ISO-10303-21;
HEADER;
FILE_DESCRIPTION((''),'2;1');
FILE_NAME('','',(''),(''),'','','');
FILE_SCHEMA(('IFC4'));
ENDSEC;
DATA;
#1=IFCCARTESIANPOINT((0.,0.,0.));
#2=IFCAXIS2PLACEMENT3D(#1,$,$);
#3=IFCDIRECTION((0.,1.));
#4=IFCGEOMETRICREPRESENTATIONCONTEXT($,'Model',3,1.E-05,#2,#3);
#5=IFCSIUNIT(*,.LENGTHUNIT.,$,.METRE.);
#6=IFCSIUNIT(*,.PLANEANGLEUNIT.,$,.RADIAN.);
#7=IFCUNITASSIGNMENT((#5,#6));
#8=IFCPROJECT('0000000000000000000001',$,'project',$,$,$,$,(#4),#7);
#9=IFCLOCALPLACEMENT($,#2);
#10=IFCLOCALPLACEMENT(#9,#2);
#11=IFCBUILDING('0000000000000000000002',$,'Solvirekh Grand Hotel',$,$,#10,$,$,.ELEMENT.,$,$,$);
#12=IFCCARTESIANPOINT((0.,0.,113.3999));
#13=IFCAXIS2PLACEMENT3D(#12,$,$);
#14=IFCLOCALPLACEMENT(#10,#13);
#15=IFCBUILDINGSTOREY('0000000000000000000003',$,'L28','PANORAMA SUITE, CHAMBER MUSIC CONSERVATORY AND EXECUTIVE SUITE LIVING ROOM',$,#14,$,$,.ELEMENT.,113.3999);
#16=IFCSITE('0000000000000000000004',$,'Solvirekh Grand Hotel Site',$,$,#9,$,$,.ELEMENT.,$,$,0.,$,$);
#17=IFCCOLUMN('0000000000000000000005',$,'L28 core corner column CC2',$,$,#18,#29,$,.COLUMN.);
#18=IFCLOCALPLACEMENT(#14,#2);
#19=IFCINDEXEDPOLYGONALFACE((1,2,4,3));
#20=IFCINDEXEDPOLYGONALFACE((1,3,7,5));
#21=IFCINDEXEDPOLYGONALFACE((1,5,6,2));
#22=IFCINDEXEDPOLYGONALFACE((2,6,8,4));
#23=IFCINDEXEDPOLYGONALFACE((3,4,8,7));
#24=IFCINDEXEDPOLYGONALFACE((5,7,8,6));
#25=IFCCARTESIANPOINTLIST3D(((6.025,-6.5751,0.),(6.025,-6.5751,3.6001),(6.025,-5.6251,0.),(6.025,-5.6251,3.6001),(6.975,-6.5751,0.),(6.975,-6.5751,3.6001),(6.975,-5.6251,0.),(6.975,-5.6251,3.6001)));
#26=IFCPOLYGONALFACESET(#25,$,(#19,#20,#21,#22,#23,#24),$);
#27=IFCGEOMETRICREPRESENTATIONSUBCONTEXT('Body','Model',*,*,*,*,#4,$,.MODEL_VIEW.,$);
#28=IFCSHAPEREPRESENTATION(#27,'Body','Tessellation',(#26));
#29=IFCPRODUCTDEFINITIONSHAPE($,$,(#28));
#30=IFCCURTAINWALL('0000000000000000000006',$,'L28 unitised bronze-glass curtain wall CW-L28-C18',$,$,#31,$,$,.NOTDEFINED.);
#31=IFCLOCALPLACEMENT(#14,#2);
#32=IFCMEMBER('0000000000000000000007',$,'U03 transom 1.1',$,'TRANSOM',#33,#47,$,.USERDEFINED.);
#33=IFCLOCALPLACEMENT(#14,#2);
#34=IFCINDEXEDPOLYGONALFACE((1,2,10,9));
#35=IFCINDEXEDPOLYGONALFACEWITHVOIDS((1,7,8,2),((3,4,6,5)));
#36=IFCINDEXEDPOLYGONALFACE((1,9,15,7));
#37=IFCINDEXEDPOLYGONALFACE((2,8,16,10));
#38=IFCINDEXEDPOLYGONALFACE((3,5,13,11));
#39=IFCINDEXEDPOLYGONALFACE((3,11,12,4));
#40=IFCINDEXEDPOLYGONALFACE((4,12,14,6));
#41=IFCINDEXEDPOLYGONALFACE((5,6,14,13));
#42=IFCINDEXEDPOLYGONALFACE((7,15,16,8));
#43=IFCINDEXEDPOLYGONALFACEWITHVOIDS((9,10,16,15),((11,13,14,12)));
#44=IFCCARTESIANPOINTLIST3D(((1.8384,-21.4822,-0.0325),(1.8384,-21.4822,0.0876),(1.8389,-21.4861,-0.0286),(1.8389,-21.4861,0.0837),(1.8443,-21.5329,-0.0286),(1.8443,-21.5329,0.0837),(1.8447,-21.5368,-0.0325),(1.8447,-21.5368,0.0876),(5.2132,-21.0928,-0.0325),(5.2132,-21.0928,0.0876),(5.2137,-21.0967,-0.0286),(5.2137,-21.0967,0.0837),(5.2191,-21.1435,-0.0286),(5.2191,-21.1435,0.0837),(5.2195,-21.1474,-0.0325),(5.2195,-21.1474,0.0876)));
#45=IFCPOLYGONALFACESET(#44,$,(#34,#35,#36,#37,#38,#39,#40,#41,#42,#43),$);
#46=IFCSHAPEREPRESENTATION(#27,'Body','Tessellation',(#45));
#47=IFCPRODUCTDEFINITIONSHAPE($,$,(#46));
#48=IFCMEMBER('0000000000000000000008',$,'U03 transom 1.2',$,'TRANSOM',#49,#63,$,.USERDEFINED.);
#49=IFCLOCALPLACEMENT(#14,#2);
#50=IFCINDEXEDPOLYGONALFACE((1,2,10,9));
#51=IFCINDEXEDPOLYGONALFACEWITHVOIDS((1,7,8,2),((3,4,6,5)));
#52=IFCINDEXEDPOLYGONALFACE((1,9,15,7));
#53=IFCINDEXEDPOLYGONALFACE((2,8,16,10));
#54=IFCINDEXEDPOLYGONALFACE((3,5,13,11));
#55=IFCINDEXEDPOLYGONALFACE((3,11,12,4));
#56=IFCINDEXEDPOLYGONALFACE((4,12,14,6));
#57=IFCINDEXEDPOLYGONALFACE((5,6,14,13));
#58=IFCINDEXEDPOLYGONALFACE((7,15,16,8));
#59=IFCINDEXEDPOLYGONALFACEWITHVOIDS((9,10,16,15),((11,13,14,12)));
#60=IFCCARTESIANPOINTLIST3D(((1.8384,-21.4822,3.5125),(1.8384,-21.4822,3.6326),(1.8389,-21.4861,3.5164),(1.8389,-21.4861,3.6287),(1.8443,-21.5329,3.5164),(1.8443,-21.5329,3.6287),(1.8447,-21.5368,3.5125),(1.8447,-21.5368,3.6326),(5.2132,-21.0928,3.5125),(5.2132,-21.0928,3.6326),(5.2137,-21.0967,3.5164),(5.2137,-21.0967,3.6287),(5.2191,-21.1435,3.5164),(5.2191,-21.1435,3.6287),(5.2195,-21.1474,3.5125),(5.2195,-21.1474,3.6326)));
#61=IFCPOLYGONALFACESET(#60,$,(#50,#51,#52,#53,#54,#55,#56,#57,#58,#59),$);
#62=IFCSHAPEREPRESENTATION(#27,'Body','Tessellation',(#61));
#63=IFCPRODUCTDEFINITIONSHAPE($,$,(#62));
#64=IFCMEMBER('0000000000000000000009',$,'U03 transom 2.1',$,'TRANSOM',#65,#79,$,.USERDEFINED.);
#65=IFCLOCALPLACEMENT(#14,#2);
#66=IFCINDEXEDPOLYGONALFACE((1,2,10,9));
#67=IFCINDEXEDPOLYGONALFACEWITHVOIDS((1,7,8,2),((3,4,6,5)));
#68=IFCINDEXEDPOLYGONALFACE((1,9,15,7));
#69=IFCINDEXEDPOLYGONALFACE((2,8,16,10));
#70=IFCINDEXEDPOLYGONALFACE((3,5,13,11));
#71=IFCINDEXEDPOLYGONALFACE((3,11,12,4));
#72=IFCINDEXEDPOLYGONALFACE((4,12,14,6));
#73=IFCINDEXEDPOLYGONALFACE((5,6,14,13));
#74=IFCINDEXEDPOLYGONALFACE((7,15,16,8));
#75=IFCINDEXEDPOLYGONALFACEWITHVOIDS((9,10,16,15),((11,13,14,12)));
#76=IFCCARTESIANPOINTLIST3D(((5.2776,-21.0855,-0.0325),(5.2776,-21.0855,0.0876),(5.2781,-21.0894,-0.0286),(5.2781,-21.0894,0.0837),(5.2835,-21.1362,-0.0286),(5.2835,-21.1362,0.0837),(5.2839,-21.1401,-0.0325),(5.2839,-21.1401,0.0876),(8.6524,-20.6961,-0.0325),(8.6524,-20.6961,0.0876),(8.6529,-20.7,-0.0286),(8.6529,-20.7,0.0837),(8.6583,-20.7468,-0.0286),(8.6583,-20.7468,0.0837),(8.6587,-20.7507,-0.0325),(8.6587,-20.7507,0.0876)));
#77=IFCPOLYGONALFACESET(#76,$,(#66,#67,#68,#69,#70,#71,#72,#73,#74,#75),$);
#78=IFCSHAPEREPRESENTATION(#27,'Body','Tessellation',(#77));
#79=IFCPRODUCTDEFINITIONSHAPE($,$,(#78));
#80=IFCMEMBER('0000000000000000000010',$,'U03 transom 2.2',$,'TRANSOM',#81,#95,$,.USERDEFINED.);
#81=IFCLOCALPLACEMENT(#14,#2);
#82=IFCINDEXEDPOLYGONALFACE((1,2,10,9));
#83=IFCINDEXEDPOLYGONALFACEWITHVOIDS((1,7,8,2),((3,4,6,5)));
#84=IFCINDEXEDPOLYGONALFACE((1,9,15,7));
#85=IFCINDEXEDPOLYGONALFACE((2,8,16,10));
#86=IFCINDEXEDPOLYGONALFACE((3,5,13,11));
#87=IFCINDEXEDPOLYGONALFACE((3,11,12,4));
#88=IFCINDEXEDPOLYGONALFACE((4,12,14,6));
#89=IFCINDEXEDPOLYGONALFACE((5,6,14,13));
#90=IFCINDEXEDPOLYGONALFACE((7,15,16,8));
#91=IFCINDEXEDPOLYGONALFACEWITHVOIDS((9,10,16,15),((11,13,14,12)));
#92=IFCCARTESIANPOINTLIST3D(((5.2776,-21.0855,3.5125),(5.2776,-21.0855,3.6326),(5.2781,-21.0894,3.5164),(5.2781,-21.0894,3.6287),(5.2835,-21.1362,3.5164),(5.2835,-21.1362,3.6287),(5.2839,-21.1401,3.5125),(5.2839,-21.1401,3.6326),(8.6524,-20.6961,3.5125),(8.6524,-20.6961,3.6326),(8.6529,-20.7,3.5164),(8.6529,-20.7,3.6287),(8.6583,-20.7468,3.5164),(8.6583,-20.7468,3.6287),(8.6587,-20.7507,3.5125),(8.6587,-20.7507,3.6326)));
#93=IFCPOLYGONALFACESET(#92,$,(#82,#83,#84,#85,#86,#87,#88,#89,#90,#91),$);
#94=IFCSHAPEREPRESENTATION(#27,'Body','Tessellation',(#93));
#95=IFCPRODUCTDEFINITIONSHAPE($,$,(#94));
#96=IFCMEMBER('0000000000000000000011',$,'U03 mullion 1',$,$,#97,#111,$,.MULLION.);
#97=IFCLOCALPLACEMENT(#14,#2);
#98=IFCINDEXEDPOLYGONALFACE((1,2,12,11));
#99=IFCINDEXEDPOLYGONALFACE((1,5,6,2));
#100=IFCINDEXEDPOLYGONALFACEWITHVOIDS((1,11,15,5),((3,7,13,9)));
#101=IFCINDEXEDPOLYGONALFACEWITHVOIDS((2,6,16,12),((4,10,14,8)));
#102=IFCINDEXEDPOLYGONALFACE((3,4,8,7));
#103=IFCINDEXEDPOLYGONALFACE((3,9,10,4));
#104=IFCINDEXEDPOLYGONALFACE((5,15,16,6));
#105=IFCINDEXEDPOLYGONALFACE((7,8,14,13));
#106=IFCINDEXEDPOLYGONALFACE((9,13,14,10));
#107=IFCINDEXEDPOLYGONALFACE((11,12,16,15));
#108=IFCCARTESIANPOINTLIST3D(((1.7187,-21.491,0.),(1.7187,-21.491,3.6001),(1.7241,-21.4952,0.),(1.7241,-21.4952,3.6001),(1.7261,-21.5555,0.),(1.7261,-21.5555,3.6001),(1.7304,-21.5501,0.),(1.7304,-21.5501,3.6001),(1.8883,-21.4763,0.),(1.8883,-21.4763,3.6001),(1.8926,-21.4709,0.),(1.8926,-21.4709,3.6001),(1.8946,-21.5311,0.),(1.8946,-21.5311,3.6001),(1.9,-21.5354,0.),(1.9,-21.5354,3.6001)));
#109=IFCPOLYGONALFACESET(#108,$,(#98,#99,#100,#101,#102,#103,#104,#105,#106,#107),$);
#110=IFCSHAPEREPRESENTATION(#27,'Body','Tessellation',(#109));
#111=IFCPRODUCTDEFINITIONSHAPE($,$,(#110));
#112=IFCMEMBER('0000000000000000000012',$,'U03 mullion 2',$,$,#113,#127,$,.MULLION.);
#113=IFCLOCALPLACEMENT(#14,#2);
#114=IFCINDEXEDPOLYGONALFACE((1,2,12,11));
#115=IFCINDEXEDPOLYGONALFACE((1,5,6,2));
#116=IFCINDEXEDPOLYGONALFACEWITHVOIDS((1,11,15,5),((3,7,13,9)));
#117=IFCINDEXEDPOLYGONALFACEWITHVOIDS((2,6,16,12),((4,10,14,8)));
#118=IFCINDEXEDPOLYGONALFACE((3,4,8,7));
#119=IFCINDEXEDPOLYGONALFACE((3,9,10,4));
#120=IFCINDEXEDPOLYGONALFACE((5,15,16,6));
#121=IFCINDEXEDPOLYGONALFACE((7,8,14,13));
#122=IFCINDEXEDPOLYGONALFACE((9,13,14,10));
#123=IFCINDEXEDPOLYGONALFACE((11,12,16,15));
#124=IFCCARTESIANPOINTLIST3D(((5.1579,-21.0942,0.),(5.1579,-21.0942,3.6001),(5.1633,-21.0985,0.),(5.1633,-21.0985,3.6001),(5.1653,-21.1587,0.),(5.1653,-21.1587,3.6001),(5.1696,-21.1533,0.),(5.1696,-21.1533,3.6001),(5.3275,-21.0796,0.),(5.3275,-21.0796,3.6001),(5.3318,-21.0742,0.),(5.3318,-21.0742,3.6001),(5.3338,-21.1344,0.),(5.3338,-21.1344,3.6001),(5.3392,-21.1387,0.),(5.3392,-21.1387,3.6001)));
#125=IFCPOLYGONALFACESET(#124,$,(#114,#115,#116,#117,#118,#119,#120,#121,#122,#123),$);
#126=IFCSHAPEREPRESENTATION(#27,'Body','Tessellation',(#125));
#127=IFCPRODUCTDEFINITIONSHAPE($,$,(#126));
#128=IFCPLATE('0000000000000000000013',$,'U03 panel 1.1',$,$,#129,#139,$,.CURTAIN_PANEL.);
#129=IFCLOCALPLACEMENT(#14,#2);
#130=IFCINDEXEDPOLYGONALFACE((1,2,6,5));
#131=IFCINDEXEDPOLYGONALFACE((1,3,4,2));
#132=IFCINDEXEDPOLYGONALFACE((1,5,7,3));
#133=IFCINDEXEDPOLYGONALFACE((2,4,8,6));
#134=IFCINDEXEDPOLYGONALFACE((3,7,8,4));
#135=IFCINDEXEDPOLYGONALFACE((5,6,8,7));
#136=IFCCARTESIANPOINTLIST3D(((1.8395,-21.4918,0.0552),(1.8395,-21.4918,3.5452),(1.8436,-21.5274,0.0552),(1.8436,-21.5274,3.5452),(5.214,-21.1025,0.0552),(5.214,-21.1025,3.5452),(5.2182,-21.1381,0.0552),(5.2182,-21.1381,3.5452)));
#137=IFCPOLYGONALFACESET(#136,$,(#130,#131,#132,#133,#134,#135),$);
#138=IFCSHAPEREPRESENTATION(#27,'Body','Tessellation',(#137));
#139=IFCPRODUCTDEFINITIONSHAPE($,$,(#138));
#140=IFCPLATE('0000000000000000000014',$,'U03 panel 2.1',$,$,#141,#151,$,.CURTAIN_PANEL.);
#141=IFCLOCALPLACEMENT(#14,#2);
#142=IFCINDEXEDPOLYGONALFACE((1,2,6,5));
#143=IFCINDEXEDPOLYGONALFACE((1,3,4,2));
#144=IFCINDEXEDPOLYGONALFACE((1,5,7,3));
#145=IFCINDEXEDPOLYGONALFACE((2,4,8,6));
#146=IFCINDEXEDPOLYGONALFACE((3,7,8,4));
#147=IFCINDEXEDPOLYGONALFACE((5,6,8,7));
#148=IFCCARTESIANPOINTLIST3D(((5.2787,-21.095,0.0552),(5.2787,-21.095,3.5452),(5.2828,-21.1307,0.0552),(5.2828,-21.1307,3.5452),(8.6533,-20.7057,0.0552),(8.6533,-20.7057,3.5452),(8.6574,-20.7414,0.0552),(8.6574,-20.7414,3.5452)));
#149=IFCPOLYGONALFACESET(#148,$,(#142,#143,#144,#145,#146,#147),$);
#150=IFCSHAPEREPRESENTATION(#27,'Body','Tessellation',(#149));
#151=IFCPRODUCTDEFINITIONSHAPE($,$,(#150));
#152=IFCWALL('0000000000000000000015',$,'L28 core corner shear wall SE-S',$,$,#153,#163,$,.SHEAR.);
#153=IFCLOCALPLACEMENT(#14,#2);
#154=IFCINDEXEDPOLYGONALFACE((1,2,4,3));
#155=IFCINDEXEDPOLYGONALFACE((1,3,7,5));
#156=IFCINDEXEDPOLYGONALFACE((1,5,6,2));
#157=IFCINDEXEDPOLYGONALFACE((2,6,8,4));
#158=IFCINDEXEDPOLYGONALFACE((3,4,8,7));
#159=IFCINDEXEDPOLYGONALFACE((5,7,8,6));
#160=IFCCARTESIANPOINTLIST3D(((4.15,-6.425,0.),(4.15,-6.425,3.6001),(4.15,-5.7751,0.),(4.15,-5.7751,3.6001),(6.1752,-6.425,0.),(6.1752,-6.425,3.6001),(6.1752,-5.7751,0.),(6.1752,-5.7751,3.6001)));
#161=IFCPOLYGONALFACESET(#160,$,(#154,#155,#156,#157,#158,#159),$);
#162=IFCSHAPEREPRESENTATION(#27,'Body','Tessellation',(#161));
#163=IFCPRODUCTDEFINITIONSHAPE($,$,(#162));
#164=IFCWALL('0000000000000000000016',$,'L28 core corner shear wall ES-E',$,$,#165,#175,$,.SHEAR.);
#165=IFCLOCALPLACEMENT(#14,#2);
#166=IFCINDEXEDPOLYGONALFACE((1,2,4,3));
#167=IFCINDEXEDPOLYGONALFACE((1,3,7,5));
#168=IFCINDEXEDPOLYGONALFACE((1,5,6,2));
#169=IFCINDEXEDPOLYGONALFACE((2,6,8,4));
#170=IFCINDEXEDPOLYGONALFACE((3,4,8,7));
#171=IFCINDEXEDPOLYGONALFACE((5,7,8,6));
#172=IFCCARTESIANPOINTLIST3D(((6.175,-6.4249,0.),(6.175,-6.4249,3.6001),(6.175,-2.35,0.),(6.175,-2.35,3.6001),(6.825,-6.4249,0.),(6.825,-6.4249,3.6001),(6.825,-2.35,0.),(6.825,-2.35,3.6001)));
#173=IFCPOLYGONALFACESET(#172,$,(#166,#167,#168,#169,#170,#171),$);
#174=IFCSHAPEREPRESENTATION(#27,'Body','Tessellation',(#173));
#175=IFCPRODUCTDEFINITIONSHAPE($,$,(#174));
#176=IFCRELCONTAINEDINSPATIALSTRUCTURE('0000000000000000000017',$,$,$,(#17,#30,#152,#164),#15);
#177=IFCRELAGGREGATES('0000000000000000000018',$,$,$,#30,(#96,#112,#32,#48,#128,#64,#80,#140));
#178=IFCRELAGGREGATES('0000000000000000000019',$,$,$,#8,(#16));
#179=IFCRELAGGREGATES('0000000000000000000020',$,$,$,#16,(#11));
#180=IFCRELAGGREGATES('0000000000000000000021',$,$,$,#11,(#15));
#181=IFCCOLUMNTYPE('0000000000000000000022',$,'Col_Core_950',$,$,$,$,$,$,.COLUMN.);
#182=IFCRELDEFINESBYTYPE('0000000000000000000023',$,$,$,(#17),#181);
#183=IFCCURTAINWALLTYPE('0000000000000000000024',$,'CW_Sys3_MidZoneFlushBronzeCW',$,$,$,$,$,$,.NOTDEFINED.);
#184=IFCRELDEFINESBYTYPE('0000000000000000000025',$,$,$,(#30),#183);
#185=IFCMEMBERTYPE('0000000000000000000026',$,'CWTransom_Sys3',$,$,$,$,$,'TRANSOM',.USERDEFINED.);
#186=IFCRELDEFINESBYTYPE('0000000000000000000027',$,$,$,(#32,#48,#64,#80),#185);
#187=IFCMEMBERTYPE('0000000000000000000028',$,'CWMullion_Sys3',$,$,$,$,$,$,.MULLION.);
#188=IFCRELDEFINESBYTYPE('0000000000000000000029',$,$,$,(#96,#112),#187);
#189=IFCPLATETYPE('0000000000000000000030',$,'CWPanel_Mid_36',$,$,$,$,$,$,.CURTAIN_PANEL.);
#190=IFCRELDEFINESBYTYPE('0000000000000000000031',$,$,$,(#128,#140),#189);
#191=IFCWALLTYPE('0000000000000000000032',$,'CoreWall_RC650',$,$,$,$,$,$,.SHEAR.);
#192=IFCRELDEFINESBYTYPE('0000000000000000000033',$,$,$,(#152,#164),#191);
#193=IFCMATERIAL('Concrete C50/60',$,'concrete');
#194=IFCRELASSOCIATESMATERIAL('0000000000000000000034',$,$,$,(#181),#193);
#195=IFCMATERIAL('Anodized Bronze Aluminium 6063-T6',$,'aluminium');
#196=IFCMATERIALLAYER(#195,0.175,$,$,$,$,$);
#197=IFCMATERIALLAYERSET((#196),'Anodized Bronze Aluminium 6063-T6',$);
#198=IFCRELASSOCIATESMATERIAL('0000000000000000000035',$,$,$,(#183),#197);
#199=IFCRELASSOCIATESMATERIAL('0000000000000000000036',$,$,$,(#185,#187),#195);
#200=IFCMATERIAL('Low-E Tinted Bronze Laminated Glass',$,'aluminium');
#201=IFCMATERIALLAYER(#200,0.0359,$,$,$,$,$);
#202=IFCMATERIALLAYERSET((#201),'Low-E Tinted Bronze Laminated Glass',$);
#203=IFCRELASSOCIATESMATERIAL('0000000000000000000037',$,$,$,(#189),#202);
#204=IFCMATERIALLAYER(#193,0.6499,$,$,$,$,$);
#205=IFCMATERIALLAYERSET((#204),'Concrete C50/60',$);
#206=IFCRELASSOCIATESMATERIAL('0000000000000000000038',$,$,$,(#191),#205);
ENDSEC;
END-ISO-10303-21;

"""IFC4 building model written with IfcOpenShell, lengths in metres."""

from ifc_helpers import new_model, si_unit, direction, frame, frame_2d, origin, origin_2d, place, context, subcontext, project, spatial, rectangle, hollow_rectangle, extrude, source, transform, mapped, material, layer, layer_set, material_profile, profile_set, type_object, element, aggregate, save


model = new_model("IFC4")

# Units and contexts
model_context = context("Model", 3, precision=1e-05, world=origin(), true_north=direction((0.0, 1.0)))
body_context = subcontext(model_context, "Body", "Model", "MODEL_VIEW")
ifc_project = project(units=[si_unit("LENGTHUNIT", "METRE"), si_unit("PLANEANGLEUNIT", "RADIAN")], contexts=[model_context])

# Site, building, storey
site_placement = place(None, origin())
site = spatial("IfcSite", under=ifc_project, at=site_placement, Name="Solvirekh Grand Hotel Site", CompositionType="ELEMENT", RefElevation=0.0)
building_placement = place(site_placement, origin())
building = spatial("IfcBuilding", under=site, at=building_placement, Name="Solvirekh Grand Hotel", CompositionType="ELEMENT")
storey_placement = place(building_placement, frame((0.0, 0.0, 113.3999)))
storey = spatial("IfcBuildingStorey", under=building, at=storey_placement, Name="L28", Description="PANORAMA SUITE, CHAMBER MUSIC CONSERVATORY AND EXECUTIVE SUITE LIVING ROOM", CompositionType="ELEMENT", Elevation=113.3999)

# Column
ifc_material_1 = material(Name="Concrete C50/60", Category="concrete")
ifc_material_profile_1 = material_profile(ifc_material_1, rectangle(XDim=0.95, YDim=0.95, at=origin_2d()), Name="RC 950X950")
ifc_profile_set_1 = profile_set([ifc_material_profile_1], Name="Concrete C50/60")
column_type = type_object("IfcColumnType", Name="Col_Core_950", PredefinedType="COLUMN", material=ifc_profile_set_1)
column_placement = place(storey_placement, frame((6.5, -6.1001, 0.0), z_axis=(0.0, 0.0, 1.0), x_axis=(1.0, 0.0, 0.0)))
element("IfcColumn", 1, at=column_placement, inside=storey, type_object=column_type, Name="L28 core corner column CC2", PredefinedType="COLUMN", context=body_context, shape_type="SweptSolid", body=[
    extrude(rectangle(XDim=0.95, YDim=0.95, at=origin_2d()), origin(), (0.0, 0.0, 1.0), 3.6001),
])

# Curtain wall, members, plates
ifc_material_2 = material(Name="Anodized Bronze Aluminium 6063-T6", Category="aluminium")
ifc_layer_1 = layer(ifc_material_2, 0.175)
ifc_layer_set_1 = layer_set([ifc_layer_1], Name="Anodized Bronze Aluminium 6063-T6")
curtain_wall_type = type_object("IfcCurtainWallType", Name="CW_Sys3_MidZoneFlushBronzeCW", PredefinedType="NOTDEFINED", material=ifc_layer_set_1)
curtain_wall_placement = place(storey_placement, origin())
curtain_wall = element("IfcCurtainWall", 2, at=curtain_wall_placement, inside=storey, type_object=curtain_wall_type, Name="L28 unitised bronze-glass curtain wall CW-L28-C18", PredefinedType="NOTDEFINED")
ifc_material_profile_2 = material_profile(ifc_material_2, hollow_rectangle(XDim=0.0549, YDim=0.1201, WallThickness=0.0039, at=origin_2d()), Name="ALU RHS 120X55X4")
ifc_profile_set_2 = profile_set([ifc_material_profile_2], Name="Anodized Bronze Aluminium 6063-T6")
member_type_1 = type_object("IfcMemberType", Name="CWTransom_Sys3", ElementType="TRANSOM", PredefinedType="USERDEFINED", material=ifc_profile_set_2)
shared_shape_1 = source(origin(), body_context, "Body", "SweptSolid", [
    extrude(hollow_rectangle(XDim=0.0549, YDim=0.1201, WallThickness=0.0039, at=origin_2d()), origin(), (0.0, 0.0, 1.0), 3.3972),
])
member_1_placement = place(storey_placement, frame((1.8416, -21.5095, 0.0276), z_axis=(0.993409, 0.114627, 0.0), x_axis=(-0.114627, 0.993409, 0.0)))
member_1 = element("IfcMember", 3, at=member_1_placement, type_object=member_type_1, Name="U03 transom 1.1", ObjectType="TRANSOM", PredefinedType="USERDEFINED", context=body_context, shape_type="MappedRepresentation", body=[
    mapped(shared_shape_1, transform((0.0, 0.0, 0.0), x_axis=(1.0, 0.0, 0.0), y_axis=(0.0, 1.0, 0.0), z_axis=(0.0, 0.0, 1.0), scale=1.0)),
])
member_2_placement = place(storey_placement, frame((1.8416, -21.5095, 3.5725), z_axis=(0.993409, 0.114627, 0.0), x_axis=(-0.114627, 0.993409, 0.0)))
member_2 = element("IfcMember", 4, at=member_2_placement, type_object=member_type_1, Name="U03 transom 1.2", ObjectType="TRANSOM", PredefinedType="USERDEFINED", context=body_context, shape_type="MappedRepresentation", body=[
    mapped(shared_shape_1, transform((0.0, 0.0, 0.0), x_axis=(1.0, 0.0, 0.0), y_axis=(0.0, 1.0, 0.0), z_axis=(0.0, 0.0, 1.0), scale=1.0)),
])
member_3_placement = place(storey_placement, frame((5.2808, -21.1128, 0.0276), z_axis=(0.993409, 0.114627, 0.0), x_axis=(-0.114627, 0.993409, 0.0)))
member_3 = element("IfcMember", 5, at=member_3_placement, type_object=member_type_1, Name="U03 transom 2.1", ObjectType="TRANSOM", PredefinedType="USERDEFINED", context=body_context, shape_type="MappedRepresentation", body=[
    mapped(shared_shape_1, transform((0.0, 0.0, 0.0), x_axis=(1.0, 0.0, 0.0), y_axis=(0.0, 1.0, 0.0), z_axis=(0.0, 0.0, 1.0), scale=1.0)),
])
member_4_placement = place(storey_placement, frame((5.2808, -21.1128, 3.5725), z_axis=(0.993409, 0.114627, 0.0), x_axis=(-0.114627, 0.993409, 0.0)))
member_4 = element("IfcMember", 6, at=member_4_placement, type_object=member_type_1, Name="U03 transom 2.2", ObjectType="TRANSOM", PredefinedType="USERDEFINED", context=body_context, shape_type="MappedRepresentation", body=[
    mapped(shared_shape_1, transform((0.0, 0.0, 0.0), x_axis=(1.0, 0.0, 0.0), y_axis=(0.0, 1.0, 0.0), z_axis=(0.0, 0.0, 1.0), scale=1.0)),
])
ifc_material_profile_3 = material_profile(ifc_material_2, hollow_rectangle(XDim=0.0649, YDim=0.175, WallThickness=0.0049, at=origin_2d()), Name="ALU RHS 175X65X5")
ifc_profile_set_3 = profile_set([ifc_material_profile_3], Name="Anodized Bronze Aluminium 6063-T6")
member_type_2 = type_object("IfcMemberType", Name="CWMullion_Sys3", PredefinedType="MULLION", material=ifc_profile_set_3)
shared_shape_2 = source(origin(), body_context, "Body", "SweptSolid", [
    extrude(hollow_rectangle(XDim=0.0649, YDim=0.175, WallThickness=0.0049, at=origin_2d()), origin(), (0.0, 0.0, 1.0), 3.6001),
])
member_5_placement = place(storey_placement, frame((1.8093, -21.5132, 0.0), z_axis=(0.0, 0.0, 1.0), x_axis=(-0.114608, 0.993411, 0.0)))
member_5 = element("IfcMember", 7, at=member_5_placement, type_object=member_type_2, Name="U03 mullion 1", PredefinedType="MULLION", context=body_context, shape_type="MappedRepresentation", body=[
    mapped(shared_shape_2, transform((0.0, 0.0, 0.0), x_axis=(1.0, 0.0, 0.0), y_axis=(0.0, 1.0, 0.0), z_axis=(0.0, 0.0, 1.0), scale=1.0)),
])
member_6_placement = place(storey_placement, frame((5.2485, -21.1165, 0.0), z_axis=(0.0, 0.0, 1.0), x_axis=(-0.114608, 0.993411, 0.0)))
member_6 = element("IfcMember", 8, at=member_6_placement, type_object=member_type_2, Name="U03 mullion 2", PredefinedType="MULLION", context=body_context, shape_type="MappedRepresentation", body=[
    mapped(shared_shape_2, transform((0.0, 0.0, 0.0), x_axis=(1.0, 0.0, 0.0), y_axis=(0.0, 1.0, 0.0), z_axis=(0.0, 0.0, 1.0), scale=1.0)),
])
ifc_material_3 = material(Name="Low-E Tinted Bronze Laminated Glass", Category="aluminium")
ifc_layer_2 = layer(ifc_material_3, 0.0359)
ifc_layer_set_2 = layer_set([ifc_layer_2], Name="Low-E Tinted Bronze Laminated Glass")
plate_type = type_object("IfcPlateType", Name="CWPanel_Mid_36", PredefinedType="CURTAIN_PANEL", material=ifc_layer_set_2)
shared_shape_3 = source(origin(), body_context, "Body", "SweptSolid", [
    extrude(rectangle(XDim=3.397, YDim=0.0359, at=origin_2d()), origin(), (0.0, 0.0, 1.0), 3.49),
])
plate_1_placement = place(storey_placement, frame((3.5288, -21.3149, 0.0552), z_axis=(0.0, 0.0, 1.0), x_axis=(0.993411, 0.114608, 0.0)))
plate_1 = element("IfcPlate", 9, at=plate_1_placement, type_object=plate_type, Name="U03 panel 1.1", PredefinedType="CURTAIN_PANEL", context=body_context, shape_type="MappedRepresentation", body=[
    mapped(shared_shape_3, transform((0.0, 0.0, 0.0), x_axis=(1.0, 0.0, 0.0), y_axis=(0.0, 1.0, 0.0), z_axis=(0.0, 0.0, 1.0), scale=1.0)),
])
plate_2_placement = place(storey_placement, frame((6.968, -20.9182, 0.0552), z_axis=(0.0, 0.0, 1.0), x_axis=(0.993411, 0.114608, 0.0)))
plate_2 = element("IfcPlate", 10, at=plate_2_placement, type_object=plate_type, Name="U03 panel 2.1", PredefinedType="CURTAIN_PANEL", context=body_context, shape_type="MappedRepresentation", body=[
    mapped(shared_shape_3, transform((0.0, 0.0, 0.0), x_axis=(1.0, 0.0, 0.0), y_axis=(0.0, 1.0, 0.0), z_axis=(0.0, 0.0, 1.0), scale=1.0)),
])
aggregate(curtain_wall, [member_5, member_6, member_1, member_2, plate_1, member_3, member_4, plate_2])

# Walls
ifc_layer_3 = layer(ifc_material_1, 0.6499)
ifc_layer_set_3 = layer_set([ifc_layer_3], Name="Concrete C50/60")
wall_type_1 = type_object("IfcWallType", Name="CoreWall_RC650", PredefinedType="SHEAR", material=ifc_layer_set_3)
wall_1_placement = place(storey_placement, frame((4.1499, -6.1001, 0.0), z_axis=(0.0, 0.0, 1.0), x_axis=(1.0, 0.0, 0.0)))
element("IfcWall", 11, at=wall_1_placement, inside=storey, type_object=wall_type_1, Name="L28 core corner shear wall SE-S", PredefinedType="SHEAR", context=body_context, shape_type="SweptSolid", body=[
    extrude(rectangle(XDim=2.0251, YDim=0.6499, at=frame_2d((1.0127, 0.0))), origin(), (0.0, 0.0, 1.0), 3.6001),
])
wall_2_placement = place(storey_placement, frame((6.5, -6.425, 0.0), z_axis=(0.0, 0.0, 1.0), x_axis=(0.0, 1.0, 0.0)))
element("IfcWall", 12, at=wall_2_placement, inside=storey, type_object=wall_type_1, Name="L28 core corner shear wall ES-E", PredefinedType="SHEAR", context=body_context, shape_type="SweptSolid", body=[
    extrude(rectangle(XDim=4.075, YDim=0.6499, at=frame_2d((2.0376, 0.0))), origin(), (0.0, 0.0, 1.0), 3.6001),
])

save(model, "model.ifc")
